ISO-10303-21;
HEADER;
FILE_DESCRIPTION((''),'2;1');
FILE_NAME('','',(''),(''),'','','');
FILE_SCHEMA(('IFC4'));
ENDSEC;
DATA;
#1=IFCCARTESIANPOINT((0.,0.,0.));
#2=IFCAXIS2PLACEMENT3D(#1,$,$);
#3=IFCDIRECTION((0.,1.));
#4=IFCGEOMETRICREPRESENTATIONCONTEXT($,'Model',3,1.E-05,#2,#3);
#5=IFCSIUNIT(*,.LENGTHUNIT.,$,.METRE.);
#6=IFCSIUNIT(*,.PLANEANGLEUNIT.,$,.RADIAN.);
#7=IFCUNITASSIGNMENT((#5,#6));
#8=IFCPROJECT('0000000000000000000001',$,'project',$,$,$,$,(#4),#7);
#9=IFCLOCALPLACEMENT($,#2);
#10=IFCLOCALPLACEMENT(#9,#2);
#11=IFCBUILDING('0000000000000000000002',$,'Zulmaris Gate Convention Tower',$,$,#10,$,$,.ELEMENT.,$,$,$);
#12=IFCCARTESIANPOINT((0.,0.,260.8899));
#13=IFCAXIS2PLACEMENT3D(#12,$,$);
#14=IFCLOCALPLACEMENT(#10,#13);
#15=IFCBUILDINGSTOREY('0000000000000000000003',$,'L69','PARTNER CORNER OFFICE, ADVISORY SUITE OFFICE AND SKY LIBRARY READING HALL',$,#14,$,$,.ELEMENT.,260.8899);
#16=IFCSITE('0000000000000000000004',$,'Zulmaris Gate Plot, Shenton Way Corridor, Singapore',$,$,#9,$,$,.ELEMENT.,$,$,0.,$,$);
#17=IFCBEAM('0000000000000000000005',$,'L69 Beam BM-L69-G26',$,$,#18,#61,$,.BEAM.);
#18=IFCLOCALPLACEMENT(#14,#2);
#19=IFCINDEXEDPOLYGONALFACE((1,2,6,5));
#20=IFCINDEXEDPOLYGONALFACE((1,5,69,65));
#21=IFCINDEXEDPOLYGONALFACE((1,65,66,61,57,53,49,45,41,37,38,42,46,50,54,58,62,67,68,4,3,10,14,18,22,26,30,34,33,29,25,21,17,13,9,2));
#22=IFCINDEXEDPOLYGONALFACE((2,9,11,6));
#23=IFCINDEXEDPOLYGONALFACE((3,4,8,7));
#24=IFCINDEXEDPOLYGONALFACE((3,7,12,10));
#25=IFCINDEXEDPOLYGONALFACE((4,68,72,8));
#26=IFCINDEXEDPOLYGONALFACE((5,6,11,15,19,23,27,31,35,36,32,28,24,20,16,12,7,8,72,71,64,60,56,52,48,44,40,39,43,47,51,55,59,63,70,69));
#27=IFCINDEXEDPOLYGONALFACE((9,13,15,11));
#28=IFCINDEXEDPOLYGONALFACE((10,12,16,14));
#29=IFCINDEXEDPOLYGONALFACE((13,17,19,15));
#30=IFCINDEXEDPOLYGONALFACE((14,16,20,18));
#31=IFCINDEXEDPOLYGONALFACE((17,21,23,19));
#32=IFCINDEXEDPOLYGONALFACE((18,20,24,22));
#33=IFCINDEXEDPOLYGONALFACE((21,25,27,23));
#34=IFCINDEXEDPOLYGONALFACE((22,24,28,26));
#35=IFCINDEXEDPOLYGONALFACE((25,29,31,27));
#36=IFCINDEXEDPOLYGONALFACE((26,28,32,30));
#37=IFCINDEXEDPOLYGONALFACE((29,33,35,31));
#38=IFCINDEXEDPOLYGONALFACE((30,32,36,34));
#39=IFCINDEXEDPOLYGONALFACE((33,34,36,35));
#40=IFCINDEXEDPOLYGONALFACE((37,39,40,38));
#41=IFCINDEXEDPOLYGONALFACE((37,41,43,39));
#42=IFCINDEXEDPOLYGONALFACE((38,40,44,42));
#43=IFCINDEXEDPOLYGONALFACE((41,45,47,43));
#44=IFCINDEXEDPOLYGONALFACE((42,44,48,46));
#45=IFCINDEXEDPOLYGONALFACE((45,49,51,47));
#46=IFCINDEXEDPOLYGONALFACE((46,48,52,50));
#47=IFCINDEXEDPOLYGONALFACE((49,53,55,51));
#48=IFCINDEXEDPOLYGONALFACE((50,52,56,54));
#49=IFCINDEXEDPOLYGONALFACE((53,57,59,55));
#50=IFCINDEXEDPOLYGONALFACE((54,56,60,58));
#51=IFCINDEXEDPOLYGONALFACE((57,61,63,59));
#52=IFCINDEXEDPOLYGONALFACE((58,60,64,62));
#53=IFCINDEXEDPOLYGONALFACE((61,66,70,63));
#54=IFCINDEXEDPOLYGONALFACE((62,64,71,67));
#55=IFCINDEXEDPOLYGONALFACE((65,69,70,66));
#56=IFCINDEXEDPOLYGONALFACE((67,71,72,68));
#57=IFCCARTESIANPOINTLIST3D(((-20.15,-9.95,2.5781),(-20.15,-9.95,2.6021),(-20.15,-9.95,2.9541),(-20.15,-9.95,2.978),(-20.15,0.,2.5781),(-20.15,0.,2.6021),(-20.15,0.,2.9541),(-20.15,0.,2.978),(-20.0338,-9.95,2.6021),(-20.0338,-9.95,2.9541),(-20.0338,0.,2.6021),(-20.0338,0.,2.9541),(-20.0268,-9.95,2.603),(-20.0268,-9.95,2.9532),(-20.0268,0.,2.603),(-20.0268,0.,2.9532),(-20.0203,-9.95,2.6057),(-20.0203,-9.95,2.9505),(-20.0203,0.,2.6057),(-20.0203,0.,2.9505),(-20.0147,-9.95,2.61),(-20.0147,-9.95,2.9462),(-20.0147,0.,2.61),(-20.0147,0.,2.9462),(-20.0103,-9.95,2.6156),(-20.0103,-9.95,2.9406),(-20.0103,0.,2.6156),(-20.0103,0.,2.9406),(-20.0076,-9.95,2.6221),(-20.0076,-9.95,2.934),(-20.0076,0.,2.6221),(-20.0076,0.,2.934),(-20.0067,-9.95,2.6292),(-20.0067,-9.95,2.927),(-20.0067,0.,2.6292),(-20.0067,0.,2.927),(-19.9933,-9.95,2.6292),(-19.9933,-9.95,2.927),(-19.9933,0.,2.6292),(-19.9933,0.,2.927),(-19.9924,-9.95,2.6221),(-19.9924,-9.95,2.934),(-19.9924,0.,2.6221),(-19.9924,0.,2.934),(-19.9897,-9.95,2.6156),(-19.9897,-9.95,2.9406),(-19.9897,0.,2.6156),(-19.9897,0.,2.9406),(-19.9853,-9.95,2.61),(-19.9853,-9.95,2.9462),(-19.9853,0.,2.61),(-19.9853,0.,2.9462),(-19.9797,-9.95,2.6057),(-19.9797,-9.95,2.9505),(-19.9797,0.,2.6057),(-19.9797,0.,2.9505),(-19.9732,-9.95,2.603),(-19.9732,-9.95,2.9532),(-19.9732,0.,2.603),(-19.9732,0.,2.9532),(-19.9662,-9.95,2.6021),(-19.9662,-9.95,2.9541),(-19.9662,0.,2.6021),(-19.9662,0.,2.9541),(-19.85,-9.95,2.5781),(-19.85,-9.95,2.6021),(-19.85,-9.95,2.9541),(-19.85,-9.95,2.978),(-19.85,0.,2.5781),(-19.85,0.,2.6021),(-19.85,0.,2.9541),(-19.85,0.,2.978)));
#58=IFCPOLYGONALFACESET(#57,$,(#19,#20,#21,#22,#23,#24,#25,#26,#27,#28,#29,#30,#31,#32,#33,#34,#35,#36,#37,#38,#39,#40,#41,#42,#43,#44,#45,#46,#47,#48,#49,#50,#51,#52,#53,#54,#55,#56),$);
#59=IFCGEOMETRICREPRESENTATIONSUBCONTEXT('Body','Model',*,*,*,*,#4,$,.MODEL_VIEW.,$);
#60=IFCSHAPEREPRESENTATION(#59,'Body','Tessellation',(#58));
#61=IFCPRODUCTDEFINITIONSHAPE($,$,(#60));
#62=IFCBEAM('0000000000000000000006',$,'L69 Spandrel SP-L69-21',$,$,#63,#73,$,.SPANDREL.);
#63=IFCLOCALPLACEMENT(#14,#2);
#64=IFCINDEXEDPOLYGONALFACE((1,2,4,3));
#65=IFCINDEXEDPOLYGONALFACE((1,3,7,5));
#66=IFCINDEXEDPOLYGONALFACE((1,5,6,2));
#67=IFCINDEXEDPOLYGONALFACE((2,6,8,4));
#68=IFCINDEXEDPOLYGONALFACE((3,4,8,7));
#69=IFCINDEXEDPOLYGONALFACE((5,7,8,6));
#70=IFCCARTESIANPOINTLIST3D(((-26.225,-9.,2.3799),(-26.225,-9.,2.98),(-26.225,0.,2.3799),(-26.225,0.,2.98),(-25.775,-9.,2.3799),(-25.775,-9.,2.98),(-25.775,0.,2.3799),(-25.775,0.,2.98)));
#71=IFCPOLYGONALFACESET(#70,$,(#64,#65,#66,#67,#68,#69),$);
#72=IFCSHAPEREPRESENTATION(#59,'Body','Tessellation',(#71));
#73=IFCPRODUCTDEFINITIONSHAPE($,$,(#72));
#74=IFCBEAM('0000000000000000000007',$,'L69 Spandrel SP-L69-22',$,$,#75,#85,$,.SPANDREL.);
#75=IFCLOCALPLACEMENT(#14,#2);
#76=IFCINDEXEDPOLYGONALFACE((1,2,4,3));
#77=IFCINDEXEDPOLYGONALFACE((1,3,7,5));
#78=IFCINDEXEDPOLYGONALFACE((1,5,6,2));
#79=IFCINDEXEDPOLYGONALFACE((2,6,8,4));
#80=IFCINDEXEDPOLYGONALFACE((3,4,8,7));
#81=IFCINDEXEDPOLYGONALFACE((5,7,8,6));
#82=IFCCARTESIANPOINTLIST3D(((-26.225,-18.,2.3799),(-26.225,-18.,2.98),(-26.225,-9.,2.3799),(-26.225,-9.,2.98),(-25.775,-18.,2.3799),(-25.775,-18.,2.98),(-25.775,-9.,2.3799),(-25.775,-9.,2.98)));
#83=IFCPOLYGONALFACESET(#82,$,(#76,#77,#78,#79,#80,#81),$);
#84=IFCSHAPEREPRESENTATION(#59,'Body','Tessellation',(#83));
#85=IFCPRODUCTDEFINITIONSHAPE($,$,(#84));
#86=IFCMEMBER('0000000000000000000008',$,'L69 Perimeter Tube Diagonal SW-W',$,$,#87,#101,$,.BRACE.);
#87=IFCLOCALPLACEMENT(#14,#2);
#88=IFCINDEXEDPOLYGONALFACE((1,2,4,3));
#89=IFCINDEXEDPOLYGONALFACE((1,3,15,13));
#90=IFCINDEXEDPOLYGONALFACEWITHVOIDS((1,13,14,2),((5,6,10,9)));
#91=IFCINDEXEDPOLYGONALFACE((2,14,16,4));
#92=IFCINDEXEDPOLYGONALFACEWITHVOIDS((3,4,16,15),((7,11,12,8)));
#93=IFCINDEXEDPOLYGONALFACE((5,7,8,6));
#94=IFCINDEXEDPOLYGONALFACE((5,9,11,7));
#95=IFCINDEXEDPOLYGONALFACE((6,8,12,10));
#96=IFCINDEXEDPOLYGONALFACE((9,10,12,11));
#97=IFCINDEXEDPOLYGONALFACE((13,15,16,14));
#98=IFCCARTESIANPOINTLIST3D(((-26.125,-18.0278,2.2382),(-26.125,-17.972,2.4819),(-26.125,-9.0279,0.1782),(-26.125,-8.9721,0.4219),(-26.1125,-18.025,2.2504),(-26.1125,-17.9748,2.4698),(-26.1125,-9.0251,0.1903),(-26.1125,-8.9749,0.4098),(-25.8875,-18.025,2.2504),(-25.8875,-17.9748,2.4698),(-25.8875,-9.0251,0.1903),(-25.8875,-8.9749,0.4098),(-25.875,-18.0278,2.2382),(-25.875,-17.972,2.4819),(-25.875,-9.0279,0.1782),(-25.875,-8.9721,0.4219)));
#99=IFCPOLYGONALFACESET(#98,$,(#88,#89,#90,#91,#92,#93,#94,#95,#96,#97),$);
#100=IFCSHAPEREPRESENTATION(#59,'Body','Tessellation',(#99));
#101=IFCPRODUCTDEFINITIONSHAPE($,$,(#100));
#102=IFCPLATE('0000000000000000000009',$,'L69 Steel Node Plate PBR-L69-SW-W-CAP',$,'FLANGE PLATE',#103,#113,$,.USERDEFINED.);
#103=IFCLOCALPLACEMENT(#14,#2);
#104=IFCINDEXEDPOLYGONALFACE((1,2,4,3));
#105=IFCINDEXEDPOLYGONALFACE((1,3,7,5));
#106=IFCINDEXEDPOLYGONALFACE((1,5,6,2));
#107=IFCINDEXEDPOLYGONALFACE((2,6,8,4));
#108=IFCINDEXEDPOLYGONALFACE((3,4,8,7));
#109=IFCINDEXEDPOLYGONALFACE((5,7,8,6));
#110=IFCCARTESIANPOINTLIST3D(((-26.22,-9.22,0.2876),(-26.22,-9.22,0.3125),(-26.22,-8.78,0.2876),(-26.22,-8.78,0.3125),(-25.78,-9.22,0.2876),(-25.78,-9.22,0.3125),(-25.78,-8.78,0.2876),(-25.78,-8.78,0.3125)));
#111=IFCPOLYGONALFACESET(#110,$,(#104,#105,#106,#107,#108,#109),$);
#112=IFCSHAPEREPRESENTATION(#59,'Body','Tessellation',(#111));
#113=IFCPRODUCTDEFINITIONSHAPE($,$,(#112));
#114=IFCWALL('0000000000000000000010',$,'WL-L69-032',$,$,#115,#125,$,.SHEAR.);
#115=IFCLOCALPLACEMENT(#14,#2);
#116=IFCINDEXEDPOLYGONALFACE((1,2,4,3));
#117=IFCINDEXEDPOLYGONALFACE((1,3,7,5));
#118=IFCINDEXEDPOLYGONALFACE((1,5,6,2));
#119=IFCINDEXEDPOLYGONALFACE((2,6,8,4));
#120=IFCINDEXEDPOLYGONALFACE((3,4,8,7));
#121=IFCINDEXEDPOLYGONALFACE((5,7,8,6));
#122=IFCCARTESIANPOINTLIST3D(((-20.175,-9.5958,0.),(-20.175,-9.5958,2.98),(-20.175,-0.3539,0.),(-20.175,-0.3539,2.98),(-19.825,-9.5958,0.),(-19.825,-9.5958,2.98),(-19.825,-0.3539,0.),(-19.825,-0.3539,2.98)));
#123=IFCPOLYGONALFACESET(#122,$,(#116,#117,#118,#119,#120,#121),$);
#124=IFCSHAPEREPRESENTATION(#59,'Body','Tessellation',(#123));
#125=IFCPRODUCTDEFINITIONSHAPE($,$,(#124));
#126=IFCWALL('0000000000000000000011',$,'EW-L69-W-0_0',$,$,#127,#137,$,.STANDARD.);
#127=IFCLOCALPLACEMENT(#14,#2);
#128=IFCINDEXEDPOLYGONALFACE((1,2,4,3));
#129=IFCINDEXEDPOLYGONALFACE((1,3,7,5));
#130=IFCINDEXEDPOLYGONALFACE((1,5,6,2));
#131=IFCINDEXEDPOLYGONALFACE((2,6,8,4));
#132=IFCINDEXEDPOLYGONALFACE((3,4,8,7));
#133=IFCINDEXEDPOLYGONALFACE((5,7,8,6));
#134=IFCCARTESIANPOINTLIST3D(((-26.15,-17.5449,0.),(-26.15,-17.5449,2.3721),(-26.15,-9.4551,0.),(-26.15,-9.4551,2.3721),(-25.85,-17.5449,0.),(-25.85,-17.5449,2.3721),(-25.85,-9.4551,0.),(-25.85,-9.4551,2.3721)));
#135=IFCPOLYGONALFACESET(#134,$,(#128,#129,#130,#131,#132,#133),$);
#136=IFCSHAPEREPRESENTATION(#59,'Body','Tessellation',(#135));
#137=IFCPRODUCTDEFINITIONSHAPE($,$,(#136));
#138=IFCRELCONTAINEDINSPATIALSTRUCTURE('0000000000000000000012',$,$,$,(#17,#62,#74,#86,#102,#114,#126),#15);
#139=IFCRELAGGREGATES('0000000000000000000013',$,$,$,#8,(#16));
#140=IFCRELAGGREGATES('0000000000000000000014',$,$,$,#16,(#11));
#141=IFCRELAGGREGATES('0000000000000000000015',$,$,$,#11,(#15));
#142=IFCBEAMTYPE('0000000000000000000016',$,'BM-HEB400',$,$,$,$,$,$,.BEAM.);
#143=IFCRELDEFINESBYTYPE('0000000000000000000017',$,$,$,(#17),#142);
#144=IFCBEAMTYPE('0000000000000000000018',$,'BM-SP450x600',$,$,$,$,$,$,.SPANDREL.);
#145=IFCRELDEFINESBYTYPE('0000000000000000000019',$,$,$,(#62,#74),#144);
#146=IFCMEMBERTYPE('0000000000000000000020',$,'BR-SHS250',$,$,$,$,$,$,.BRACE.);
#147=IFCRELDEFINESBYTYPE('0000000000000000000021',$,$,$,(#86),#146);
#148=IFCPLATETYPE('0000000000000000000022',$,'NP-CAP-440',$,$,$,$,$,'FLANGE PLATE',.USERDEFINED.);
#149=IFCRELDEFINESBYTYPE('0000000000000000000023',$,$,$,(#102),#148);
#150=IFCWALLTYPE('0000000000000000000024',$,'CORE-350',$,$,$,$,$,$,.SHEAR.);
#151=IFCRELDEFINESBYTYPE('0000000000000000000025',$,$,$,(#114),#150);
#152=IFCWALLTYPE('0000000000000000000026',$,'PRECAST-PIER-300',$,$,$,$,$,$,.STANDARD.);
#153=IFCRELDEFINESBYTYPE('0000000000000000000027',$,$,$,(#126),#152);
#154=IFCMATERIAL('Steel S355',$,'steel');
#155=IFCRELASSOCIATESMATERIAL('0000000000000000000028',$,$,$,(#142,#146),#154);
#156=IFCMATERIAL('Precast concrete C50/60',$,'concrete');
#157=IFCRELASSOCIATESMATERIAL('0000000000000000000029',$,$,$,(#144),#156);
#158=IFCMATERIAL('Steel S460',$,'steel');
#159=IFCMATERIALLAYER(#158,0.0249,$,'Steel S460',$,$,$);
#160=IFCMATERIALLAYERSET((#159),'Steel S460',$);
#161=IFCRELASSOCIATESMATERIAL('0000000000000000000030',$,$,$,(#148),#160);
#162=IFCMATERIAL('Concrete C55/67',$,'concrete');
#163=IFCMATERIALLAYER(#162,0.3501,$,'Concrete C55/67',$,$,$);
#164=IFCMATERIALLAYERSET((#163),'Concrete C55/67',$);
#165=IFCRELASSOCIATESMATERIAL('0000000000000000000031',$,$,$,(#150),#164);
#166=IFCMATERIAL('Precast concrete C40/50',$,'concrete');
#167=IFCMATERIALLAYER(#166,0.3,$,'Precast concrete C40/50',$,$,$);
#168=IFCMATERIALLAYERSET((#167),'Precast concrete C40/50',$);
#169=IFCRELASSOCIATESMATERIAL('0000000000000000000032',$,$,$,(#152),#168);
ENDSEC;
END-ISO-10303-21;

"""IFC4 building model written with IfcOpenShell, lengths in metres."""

from ifc_helpers import new_model, si_unit, direction, frame, frame_2d, origin, origin_2d, place, context, subcontext, project, spatial, rectangle, hollow_rectangle, i_section, extrude, material, layer, layer_set, material_profile, profile_set, type_object, element, save


model = new_model("IFC4")

# Units and contexts
model_context = context("Model", 3, precision=1e-05, world=origin(), true_north=direction((0.0, 1.0)))
body_context = subcontext(model_context, "Body", "Model", "MODEL_VIEW")
ifc_project = project(units=[si_unit("LENGTHUNIT", "METRE"), si_unit("PLANEANGLEUNIT", "RADIAN")], contexts=[model_context])

# Site, building, storey
site_placement = place(None, origin())
site = spatial("IfcSite", under=ifc_project, at=site_placement, Name="Zulmaris Gate Plot, Shenton Way Corridor, Singapore", CompositionType="ELEMENT", RefElevation=0.0)
building_placement = place(site_placement, origin())
building = spatial("IfcBuilding", under=site, at=building_placement, Name="Zulmaris Gate Convention Tower", CompositionType="ELEMENT")
storey_placement = place(building_placement, frame((0.0, 0.0, 260.8899)))
storey = spatial("IfcBuildingStorey", under=building, at=storey_placement, Name="L69", Description="PARTNER CORNER OFFICE, ADVISORY SUITE OFFICE AND SKY LIBRARY READING HALL", CompositionType="ELEMENT", Elevation=260.8899)

# Beams
ifc_material_1 = material(Name="Steel S355", Category="steel")
ifc_material_profile_1 = material_profile(ifc_material_1, i_section(OverallWidth=0.3, OverallDepth=0.3999, WebThickness=0.0134, FlangeThickness=0.0239, FilletRadius=0.0271, at=origin_2d()), Name="HEB 400")
ifc_profile_set_1 = profile_set([ifc_material_profile_1], Name="Steel S355")
beam_type_1 = type_object("IfcBeamType", Name="BM-HEB400", PredefinedType="BEAM", material=ifc_profile_set_1)
beam_1_placement = place(storey_placement, frame((-20.0, -9.95, 2.7781), z_axis=(0.0, 1.0, 0.0), x_axis=(-1.0, 0.0, 0.0)))
element("IfcBeam", 1, at=beam_1_placement, inside=storey, type_object=beam_type_1, Name="L69 Beam BM-L69-G26", PredefinedType="BEAM", context=body_context, shape_type="SweptSolid", body=[
    extrude(i_section(OverallWidth=0.3, OverallDepth=0.3999, WebThickness=0.0134, FlangeThickness=0.0239, FilletRadius=0.0271, at=origin_2d()), origin(), (0.0, 0.0, 1.0), 9.95),
])
ifc_material_2 = material(Name="Precast concrete C50/60", Category="concrete")
ifc_material_profile_2 = material_profile(ifc_material_2, rectangle(XDim=0.45, YDim=0.6001, at=origin_2d()), Name="RC SPANDREL 450x600")
ifc_profile_set_2 = profile_set([ifc_material_profile_2], Name="Precast concrete C50/60")
beam_type_2 = type_object("IfcBeamType", Name="BM-SP450x600", PredefinedType="SPANDREL", material=ifc_profile_set_2)
for number, where, z_axis, x_axis, name in (
    (2, (-26.0, 0.0, 2.6799), (0.0, -1.0, 0.0), (1.0, 0.0, 0.0), "L69 Spandrel SP-L69-21"),
    (3, (-26.0, -9.0, 2.6799), (0.0, -1.0, 0.0), (1.0, 0.0, 0.0), "L69 Spandrel SP-L69-22"),
):
    element("IfcBeam", number, at=place(storey_placement, frame(where, z_axis=z_axis, x_axis=x_axis)), inside=storey, type_object=beam_type_2, Name=name, PredefinedType="SPANDREL", context=body_context, shape_type="SweptSolid", body=[
        extrude(rectangle(XDim=0.45, YDim=0.6001, at=origin_2d()), origin(), (0.0, 0.0, 1.0), 9.0),
    ])

# Member
ifc_material_profile_3 = material_profile(ifc_material_1, hollow_rectangle(XDim=0.25, YDim=0.25, WallThickness=0.0125, at=origin_2d()), Name="SHS 250x250x12.5")
ifc_profile_set_3 = profile_set([ifc_material_profile_3], Name="Steel S355")
member_type = type_object("IfcMemberType", Name="BR-SHS250", PredefinedType="BRACE", material=ifc_profile_set_3)
member_placement = place(storey_placement, frame((-26.0, -9.0, 0.3), z_axis=(0.0, -0.97479, 0.223125), x_axis=(1.0, 0.0, 0.0)))
element("IfcMember", 4, at=member_placement, inside=storey, type_object=member_type, Name="L69 Perimeter Tube Diagonal SW-W", PredefinedType="BRACE", context=body_context, shape_type="SweptSolid", body=[
    extrude(hollow_rectangle(XDim=0.25, YDim=0.25, WallThickness=0.0125, at=origin_2d()), origin(), (0.0, 0.0, 1.0), 9.2327),
])

# Plate
ifc_material_3 = material(Name="Steel S460", Category="steel")
ifc_layer_1 = layer(ifc_material_3, 0.0249, Name="Steel S460")
ifc_layer_set_1 = layer_set([ifc_layer_1], Name="Steel S460")
plate_type = type_object("IfcPlateType", Name="NP-CAP-440", ElementType="FLANGE PLATE", PredefinedType="USERDEFINED", material=ifc_layer_set_1)
plate_placement = place(storey_placement, frame((-26.0, -9.0, 0.2876), z_axis=(0.0, 0.0, 1.0), x_axis=(1.0, 0.0, 0.0)))
element("IfcPlate", 5, at=plate_placement, inside=storey, type_object=plate_type, Name="L69 Steel Node Plate PBR-L69-SW-W-CAP", ObjectType="FLANGE PLATE", PredefinedType="USERDEFINED", context=body_context, shape_type="SweptSolid", body=[
    extrude(rectangle(XDim=0.4399, YDim=0.4399, at=origin_2d()), origin(), (0.0, 0.0, 1.0), 0.0249),
])

# Shared definitions
ifc_material_4 = material(Name="Concrete C55/67", Category="concrete")
ifc_layer_2 = layer(ifc_material_4, 0.3501, Name="Concrete C55/67")
ifc_layer_set_2 = layer_set([ifc_layer_2], Name="Concrete C55/67")
wall_type_1 = type_object("IfcWallType", Name="CORE-350", PredefinedType="SHEAR", material=ifc_layer_set_2)

# Walls
wall_1_placement = place(storey_placement, frame((-20.0, -9.5959, 0.0), z_axis=(0.0, 0.0, 1.0), x_axis=(0.0, 1.0, 0.0)))
element("IfcWall", 6, at=wall_1_placement, inside=storey, type_object=wall_type_1, Name="WL-L69-032", PredefinedType="SHEAR", context=body_context, shape_type="SweptSolid", body=[
    extrude(rectangle(XDim=9.2419, YDim=0.3501, at=frame_2d((4.6211, 0.0))), origin(), (0.0, 0.0, 1.0), 2.98),
])
ifc_material_5 = material(Name="Precast concrete C40/50", Category="concrete")
ifc_layer_3 = layer(ifc_material_5, 0.3, Name="Precast concrete C40/50")
ifc_layer_set_3 = layer_set([ifc_layer_3], Name="Precast concrete C40/50")
wall_type_2 = type_object("IfcWallType", Name="PRECAST-PIER-300", PredefinedType="STANDARD", material=ifc_layer_set_3)
wall_2_placement = place(storey_placement, frame((-26.0, -9.4551, 0.0), z_axis=(0.0, 0.0, 1.0), x_axis=(0.0, -1.0, 0.0)))
element("IfcWall", 7, at=wall_2_placement, inside=storey, type_object=wall_type_2, Name="EW-L69-W-0_0", PredefinedType="STANDARD", context=body_context, shape_type="SweptSolid", body=[
    extrude(rectangle(XDim=8.0898, YDim=0.3, at=frame_2d((4.0449, 0.0))), origin(), (0.0, 0.0, 1.0), 2.3721),
])

save(model, "model.ifc")
